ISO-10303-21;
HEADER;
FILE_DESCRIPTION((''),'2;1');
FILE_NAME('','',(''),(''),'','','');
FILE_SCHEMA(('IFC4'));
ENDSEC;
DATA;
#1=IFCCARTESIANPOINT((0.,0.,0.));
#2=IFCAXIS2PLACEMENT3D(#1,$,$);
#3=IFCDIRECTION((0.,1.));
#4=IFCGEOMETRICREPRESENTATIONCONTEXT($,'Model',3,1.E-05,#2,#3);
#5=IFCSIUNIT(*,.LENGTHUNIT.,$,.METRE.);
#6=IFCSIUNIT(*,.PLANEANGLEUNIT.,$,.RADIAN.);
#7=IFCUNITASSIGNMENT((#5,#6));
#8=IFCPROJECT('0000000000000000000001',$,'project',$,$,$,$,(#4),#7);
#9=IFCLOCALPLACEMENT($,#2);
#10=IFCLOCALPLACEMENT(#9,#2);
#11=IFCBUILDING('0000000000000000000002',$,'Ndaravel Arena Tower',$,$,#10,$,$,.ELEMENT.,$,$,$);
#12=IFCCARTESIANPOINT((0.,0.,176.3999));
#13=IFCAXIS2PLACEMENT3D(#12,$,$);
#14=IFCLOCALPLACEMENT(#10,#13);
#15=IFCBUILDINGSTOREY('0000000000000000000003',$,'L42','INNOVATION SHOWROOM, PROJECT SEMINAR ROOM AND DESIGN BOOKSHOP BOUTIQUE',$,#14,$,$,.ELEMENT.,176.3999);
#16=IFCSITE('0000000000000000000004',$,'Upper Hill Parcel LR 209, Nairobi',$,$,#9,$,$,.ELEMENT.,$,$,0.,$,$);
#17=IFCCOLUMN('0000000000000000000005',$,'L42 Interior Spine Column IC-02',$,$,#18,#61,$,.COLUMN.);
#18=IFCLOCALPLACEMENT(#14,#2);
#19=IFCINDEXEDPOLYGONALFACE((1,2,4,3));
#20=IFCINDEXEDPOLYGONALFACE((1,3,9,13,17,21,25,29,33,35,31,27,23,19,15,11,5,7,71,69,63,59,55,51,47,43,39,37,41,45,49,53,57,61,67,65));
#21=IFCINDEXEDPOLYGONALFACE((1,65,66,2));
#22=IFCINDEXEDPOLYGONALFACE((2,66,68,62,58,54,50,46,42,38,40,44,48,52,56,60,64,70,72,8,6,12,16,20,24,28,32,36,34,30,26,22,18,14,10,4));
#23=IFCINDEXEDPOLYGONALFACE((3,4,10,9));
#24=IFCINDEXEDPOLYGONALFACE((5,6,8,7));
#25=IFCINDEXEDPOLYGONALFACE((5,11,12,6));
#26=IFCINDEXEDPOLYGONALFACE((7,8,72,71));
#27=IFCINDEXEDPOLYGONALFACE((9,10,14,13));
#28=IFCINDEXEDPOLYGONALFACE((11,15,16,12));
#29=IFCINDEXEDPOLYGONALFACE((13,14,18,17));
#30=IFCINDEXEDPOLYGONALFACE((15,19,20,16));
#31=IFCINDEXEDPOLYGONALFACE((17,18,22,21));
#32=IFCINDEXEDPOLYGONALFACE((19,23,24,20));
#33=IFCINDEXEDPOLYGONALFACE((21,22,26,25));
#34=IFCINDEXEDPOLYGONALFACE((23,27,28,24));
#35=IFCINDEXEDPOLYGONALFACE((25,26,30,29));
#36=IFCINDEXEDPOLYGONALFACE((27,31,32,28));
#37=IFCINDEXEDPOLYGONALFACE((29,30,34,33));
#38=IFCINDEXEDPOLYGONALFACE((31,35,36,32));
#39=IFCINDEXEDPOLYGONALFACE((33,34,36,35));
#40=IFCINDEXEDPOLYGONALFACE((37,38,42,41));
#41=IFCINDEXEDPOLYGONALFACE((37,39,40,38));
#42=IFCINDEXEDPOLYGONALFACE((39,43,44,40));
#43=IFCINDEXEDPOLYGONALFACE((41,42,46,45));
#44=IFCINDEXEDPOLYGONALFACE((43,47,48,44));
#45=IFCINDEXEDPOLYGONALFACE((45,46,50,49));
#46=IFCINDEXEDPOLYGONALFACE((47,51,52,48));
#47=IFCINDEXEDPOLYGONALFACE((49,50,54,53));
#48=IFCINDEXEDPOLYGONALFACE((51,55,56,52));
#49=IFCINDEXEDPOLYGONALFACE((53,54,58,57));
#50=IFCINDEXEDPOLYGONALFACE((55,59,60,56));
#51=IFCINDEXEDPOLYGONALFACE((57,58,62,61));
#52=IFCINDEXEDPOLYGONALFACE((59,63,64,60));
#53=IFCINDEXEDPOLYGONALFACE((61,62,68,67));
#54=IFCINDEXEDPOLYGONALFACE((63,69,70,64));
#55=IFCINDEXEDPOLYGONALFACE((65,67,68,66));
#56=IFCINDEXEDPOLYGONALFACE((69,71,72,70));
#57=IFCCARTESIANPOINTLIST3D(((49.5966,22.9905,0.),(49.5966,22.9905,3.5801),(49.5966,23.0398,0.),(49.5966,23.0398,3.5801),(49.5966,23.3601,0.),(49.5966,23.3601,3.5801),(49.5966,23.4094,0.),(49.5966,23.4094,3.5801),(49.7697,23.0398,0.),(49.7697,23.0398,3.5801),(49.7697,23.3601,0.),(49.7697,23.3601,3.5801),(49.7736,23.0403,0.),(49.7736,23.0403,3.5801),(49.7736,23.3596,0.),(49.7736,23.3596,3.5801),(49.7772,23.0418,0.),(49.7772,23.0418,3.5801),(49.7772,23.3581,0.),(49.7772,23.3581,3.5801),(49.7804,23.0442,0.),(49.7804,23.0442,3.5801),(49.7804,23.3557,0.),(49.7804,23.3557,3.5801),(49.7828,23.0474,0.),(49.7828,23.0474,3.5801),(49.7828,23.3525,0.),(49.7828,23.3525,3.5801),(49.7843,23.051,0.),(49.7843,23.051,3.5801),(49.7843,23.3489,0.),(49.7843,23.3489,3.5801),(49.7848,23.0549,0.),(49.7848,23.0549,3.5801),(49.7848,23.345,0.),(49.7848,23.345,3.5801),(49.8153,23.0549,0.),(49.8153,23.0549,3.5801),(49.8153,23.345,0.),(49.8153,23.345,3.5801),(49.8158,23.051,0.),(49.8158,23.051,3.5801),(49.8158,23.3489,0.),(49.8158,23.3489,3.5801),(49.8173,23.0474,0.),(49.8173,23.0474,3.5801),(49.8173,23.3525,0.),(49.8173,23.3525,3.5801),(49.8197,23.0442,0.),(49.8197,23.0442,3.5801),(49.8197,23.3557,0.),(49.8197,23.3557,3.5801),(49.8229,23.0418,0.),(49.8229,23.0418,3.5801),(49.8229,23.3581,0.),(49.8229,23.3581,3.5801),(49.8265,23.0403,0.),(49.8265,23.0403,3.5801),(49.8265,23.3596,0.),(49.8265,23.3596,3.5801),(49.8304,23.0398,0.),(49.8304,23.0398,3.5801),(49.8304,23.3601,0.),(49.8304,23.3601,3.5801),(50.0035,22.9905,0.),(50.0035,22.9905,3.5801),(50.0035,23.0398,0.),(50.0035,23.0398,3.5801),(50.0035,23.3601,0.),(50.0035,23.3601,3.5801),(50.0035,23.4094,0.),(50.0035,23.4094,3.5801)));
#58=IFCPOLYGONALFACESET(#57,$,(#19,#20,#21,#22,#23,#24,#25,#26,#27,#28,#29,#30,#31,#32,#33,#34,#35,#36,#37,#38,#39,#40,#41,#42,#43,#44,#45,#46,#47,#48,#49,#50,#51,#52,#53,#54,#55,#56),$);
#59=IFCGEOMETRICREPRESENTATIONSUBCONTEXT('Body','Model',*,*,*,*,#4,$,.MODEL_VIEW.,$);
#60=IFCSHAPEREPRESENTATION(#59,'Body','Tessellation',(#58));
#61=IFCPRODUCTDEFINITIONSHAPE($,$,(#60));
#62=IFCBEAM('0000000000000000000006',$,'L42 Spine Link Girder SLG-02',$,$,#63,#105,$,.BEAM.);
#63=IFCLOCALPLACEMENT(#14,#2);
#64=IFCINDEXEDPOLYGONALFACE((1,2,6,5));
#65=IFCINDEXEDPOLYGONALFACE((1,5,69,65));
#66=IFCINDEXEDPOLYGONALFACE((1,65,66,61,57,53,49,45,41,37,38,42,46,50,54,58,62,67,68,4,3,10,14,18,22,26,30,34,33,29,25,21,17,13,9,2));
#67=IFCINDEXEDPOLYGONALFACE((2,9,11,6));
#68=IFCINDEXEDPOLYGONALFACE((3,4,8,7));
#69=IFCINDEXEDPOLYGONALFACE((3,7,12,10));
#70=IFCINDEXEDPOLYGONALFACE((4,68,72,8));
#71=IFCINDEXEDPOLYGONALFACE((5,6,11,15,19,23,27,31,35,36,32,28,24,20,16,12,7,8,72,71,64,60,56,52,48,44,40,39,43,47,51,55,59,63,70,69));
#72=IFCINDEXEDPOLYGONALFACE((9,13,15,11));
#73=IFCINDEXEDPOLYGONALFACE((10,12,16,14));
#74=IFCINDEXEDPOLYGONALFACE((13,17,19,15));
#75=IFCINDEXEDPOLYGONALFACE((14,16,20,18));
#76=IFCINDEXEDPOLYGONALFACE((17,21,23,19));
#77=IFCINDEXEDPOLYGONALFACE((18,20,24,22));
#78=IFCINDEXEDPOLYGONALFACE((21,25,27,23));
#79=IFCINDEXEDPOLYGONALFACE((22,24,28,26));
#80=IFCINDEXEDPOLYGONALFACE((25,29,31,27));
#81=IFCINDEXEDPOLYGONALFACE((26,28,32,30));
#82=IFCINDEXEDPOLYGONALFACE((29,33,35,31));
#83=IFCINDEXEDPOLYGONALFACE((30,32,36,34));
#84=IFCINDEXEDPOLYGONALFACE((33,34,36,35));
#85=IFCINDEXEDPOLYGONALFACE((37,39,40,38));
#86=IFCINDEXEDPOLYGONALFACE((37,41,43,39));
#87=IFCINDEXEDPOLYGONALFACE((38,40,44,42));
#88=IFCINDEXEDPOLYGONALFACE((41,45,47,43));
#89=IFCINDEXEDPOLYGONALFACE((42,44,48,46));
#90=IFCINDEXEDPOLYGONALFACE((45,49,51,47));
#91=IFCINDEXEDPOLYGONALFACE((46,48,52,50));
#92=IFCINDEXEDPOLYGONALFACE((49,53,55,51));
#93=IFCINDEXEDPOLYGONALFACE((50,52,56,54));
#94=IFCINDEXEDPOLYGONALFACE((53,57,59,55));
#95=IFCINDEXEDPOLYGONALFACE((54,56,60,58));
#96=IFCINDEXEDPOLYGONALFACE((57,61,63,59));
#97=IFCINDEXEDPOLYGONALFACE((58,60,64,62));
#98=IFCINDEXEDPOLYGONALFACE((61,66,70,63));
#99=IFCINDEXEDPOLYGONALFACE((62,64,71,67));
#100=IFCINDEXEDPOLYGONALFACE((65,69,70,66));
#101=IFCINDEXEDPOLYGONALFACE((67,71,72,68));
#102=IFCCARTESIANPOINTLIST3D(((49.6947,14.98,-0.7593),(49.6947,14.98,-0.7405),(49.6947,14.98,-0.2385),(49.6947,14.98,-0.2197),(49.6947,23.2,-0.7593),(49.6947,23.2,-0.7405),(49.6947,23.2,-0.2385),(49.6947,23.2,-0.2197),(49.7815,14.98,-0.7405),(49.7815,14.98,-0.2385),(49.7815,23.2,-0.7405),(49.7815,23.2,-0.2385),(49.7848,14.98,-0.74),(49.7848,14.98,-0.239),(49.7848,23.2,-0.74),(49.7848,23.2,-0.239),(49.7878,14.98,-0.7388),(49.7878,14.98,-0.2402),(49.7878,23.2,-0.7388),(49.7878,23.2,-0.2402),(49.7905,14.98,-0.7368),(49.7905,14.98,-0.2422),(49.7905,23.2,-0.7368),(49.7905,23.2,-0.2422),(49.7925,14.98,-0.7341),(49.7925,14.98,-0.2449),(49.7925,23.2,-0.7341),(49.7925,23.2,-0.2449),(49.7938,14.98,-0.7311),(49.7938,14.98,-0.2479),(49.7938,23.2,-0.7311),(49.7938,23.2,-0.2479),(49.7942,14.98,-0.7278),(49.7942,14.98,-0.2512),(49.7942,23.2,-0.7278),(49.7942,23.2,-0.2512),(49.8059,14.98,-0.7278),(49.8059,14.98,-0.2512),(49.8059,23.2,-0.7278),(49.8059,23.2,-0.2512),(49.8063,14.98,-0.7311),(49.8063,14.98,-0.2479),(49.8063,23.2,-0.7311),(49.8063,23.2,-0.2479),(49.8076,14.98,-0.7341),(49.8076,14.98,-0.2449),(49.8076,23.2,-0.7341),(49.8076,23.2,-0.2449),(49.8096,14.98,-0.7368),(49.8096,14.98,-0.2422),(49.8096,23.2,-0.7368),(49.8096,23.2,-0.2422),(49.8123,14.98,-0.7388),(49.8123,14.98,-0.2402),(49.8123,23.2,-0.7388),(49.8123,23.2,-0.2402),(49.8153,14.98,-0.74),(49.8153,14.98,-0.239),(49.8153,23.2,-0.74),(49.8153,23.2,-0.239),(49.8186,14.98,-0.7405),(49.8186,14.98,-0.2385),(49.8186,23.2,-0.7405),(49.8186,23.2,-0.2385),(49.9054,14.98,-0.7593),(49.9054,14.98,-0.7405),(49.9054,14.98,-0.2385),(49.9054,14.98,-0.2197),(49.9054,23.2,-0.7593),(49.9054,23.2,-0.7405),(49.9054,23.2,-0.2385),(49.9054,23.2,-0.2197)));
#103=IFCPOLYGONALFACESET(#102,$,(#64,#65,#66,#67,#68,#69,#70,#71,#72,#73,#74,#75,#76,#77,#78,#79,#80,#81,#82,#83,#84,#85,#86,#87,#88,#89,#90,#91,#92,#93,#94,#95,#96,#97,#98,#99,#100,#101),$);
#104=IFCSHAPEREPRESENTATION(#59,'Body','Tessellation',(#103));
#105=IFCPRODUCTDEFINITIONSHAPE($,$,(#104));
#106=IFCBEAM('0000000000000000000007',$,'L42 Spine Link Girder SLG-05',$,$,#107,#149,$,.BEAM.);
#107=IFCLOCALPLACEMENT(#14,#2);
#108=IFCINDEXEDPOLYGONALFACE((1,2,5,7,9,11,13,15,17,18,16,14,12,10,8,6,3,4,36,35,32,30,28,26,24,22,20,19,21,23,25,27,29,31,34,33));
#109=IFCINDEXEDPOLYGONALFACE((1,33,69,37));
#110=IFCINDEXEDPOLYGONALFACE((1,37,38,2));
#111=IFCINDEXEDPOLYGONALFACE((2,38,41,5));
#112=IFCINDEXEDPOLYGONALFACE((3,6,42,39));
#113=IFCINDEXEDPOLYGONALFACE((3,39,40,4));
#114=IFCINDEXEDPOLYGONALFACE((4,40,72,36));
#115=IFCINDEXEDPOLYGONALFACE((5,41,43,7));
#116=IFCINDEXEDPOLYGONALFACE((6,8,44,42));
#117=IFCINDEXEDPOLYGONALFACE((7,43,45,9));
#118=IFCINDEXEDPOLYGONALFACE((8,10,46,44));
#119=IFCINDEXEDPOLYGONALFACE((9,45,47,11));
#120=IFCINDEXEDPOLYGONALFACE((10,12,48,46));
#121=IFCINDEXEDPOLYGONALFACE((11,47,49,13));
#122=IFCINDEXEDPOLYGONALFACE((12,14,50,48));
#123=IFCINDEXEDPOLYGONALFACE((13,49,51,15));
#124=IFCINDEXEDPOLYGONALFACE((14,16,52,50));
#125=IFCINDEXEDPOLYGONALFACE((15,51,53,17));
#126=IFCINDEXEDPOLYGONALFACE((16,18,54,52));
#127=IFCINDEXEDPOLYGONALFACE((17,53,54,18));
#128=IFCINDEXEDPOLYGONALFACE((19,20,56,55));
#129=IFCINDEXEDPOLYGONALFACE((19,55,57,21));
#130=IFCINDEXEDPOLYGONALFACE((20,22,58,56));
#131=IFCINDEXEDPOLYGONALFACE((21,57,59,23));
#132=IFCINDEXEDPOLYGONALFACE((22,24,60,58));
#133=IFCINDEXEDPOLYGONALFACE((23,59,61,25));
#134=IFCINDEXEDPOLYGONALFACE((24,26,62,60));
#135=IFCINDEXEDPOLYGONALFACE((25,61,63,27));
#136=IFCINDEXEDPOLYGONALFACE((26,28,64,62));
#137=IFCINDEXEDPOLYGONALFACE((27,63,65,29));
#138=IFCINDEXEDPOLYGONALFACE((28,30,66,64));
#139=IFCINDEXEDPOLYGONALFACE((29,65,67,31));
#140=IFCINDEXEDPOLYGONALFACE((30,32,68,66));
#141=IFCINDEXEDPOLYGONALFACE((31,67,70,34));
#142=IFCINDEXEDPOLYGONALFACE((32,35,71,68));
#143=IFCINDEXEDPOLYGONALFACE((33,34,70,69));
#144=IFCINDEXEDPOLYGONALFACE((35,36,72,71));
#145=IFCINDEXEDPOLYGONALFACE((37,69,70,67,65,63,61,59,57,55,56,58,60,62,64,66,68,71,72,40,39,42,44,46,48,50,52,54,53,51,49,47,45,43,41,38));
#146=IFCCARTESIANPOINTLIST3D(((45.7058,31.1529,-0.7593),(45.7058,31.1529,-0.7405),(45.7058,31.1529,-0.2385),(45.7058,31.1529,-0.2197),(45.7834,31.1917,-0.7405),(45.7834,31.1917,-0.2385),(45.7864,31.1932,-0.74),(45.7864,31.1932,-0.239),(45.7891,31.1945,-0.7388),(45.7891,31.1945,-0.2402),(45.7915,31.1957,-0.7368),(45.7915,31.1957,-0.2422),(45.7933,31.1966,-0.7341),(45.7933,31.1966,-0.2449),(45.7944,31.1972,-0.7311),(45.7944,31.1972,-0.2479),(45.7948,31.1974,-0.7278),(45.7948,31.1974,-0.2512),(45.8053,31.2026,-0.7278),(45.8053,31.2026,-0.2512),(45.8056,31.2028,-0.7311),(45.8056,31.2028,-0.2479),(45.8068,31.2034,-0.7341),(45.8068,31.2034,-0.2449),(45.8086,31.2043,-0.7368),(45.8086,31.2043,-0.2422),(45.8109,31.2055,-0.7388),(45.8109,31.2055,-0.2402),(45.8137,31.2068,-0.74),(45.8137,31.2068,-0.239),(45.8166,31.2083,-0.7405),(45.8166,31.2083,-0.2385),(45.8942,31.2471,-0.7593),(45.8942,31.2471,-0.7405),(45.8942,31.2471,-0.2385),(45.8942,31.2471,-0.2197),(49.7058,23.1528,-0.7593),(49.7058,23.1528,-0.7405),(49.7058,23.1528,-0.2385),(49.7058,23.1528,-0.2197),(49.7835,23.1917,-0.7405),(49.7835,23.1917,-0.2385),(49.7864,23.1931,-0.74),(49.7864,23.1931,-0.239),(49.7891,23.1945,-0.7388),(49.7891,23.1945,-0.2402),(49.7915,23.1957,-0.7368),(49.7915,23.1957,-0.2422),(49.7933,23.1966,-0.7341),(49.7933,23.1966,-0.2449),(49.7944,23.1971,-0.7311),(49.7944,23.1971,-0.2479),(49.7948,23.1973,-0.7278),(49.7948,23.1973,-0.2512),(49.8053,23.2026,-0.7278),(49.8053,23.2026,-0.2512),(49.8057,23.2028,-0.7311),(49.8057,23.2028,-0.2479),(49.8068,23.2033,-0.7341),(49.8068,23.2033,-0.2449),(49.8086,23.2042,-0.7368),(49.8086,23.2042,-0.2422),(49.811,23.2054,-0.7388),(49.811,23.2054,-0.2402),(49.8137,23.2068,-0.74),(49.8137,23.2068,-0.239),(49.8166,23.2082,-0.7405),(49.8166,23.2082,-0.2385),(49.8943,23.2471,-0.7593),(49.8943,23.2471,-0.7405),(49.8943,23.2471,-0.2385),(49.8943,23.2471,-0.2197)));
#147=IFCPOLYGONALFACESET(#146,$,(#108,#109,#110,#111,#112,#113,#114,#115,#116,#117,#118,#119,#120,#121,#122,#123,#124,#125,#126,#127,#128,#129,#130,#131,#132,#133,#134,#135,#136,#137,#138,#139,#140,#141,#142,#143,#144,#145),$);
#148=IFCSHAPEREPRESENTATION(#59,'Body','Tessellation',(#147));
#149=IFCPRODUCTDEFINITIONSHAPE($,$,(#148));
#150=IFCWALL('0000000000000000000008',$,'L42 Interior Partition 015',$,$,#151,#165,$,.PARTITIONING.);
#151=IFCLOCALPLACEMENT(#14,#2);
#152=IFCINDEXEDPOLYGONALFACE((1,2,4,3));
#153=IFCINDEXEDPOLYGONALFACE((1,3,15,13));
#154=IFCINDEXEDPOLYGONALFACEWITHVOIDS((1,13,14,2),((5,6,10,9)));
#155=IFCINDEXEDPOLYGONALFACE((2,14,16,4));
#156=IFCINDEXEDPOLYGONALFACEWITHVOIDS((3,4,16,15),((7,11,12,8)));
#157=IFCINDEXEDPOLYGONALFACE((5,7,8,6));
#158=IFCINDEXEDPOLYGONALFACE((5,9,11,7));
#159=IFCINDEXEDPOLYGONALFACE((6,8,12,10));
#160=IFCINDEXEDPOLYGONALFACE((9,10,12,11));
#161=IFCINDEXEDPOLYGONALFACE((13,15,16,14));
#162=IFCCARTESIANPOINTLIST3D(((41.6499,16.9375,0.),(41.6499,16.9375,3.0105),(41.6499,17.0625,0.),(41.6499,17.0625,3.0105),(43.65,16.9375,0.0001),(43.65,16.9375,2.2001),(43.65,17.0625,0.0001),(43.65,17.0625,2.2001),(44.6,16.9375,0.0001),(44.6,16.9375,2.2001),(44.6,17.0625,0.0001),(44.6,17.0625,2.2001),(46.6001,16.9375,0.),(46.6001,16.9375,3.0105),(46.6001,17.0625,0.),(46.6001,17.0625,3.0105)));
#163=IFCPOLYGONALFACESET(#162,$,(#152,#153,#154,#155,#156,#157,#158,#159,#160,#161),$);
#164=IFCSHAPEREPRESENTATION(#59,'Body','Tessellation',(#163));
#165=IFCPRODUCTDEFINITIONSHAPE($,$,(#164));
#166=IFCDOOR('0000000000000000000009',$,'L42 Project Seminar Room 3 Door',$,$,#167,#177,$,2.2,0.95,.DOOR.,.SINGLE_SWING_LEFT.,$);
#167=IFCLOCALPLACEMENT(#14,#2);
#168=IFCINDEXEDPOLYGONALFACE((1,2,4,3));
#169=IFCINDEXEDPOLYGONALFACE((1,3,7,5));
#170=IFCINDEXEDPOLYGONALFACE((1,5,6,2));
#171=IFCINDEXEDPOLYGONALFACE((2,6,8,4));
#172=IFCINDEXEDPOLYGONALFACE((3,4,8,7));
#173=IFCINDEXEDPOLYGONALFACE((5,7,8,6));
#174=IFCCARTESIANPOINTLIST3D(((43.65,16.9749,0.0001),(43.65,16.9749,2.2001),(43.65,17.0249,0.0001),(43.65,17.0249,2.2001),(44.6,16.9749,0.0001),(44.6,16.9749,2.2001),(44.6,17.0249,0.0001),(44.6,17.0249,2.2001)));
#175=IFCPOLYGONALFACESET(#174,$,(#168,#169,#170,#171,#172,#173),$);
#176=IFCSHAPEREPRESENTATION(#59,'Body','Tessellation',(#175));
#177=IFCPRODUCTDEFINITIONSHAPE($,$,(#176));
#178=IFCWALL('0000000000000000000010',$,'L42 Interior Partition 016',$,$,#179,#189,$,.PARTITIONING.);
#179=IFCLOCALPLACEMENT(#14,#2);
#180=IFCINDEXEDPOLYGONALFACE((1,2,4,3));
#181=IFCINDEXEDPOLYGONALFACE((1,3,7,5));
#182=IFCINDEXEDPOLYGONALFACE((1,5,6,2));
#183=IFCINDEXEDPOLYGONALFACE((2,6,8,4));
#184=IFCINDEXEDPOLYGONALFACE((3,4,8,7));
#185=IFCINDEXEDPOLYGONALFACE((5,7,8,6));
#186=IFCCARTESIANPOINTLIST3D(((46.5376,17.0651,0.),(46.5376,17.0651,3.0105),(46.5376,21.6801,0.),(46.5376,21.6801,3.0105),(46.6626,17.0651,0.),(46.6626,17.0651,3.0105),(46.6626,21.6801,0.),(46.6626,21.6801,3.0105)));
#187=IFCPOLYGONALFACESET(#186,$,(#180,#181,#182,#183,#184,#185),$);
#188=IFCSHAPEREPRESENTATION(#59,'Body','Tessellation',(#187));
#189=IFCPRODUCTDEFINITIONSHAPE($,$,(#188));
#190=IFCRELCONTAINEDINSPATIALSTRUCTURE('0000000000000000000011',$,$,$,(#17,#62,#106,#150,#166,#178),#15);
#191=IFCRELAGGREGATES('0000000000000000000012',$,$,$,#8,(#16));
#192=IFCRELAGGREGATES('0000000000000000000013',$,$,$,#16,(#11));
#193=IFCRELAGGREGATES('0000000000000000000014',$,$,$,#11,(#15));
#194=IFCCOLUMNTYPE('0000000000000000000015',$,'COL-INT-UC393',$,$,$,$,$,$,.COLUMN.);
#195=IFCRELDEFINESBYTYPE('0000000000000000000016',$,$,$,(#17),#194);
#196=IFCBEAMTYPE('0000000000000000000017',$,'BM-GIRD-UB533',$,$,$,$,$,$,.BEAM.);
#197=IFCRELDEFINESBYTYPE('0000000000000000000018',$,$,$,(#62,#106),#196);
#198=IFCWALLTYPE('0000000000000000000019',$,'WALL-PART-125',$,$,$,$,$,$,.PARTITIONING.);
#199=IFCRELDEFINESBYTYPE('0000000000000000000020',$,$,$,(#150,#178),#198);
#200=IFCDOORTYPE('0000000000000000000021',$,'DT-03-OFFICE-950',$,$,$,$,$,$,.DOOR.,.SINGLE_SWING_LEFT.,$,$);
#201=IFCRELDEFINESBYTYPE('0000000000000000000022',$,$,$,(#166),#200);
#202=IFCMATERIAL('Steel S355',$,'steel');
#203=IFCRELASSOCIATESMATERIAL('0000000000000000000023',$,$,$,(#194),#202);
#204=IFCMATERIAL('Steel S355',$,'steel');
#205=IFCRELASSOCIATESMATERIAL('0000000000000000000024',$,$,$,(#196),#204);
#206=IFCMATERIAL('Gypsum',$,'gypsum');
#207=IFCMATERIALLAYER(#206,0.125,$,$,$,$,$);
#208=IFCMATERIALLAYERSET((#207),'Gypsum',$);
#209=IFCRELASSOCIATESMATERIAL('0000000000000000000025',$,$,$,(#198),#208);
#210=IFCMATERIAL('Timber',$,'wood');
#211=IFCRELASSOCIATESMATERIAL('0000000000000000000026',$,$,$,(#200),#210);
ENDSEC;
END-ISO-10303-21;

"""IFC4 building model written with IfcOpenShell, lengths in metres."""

from ifc_helpers import new_model, si_unit, direction, frame, frame_2d, origin, origin_2d, place, context, subcontext, project, spatial, rectangle, i_section, extrude, material, layer, layer_set, material_profile, profile_set, type_object, element, fill, save


model = new_model("IFC4")

# Units and contexts
model_context = context("Model", 3, precision=1e-05, world=origin(), true_north=direction((0.0, 1.0)))
body_context = subcontext(model_context, "Body", "Model", "MODEL_VIEW")
ifc_project = project(units=[si_unit("LENGTHUNIT", "METRE"), si_unit("PLANEANGLEUNIT", "RADIAN")], contexts=[model_context])

# Site, building, storey
site_placement = place(None, origin())
site = spatial("IfcSite", under=ifc_project, at=site_placement, Name="Upper Hill Parcel LR 209, Nairobi", CompositionType="ELEMENT", RefElevation=0.0)
building_placement = place(site_placement, origin())
building = spatial("IfcBuilding", under=site, at=building_placement, Name="Ndaravel Arena Tower", CompositionType="ELEMENT")
storey_placement = place(building_placement, frame((0.0, 0.0, 176.3999)))
storey = spatial("IfcBuildingStorey", under=building, at=storey_placement, Name="L42", Description="INNOVATION SHOWROOM, PROJECT SEMINAR ROOM AND DESIGN BOOKSHOP BOUTIQUE", CompositionType="ELEMENT", Elevation=176.3999)

# Column
ifc_material_1 = material(Name="Steel S355", Category="steel")
ifc_material_profile_1 = material_profile(ifc_material_1, i_section(OverallWidth=0.407, OverallDepth=0.4189, WebThickness=0.0305, FlangeThickness=0.0493, FilletRadius=0.0151, at=origin_2d()), Name="UC 356x406x393")
ifc_profile_set_1 = profile_set([ifc_material_profile_1], Name="Steel S355")
column_type = type_object("IfcColumnType", Name="COL-INT-UC393", PredefinedType="COLUMN", material=ifc_profile_set_1)
column_placement = place(storey_placement, frame((49.8, 23.2, 0.0), z_axis=(0.0, 0.0, 1.0), x_axis=(1.0, 0.0, 0.0)))
element("IfcColumn", 1, at=column_placement, inside=storey, type_object=column_type, Name="L42 Interior Spine Column IC-02", PredefinedType="COLUMN", context=body_context, shape_type="SweptSolid", body=[
    extrude(i_section(OverallWidth=0.407, OverallDepth=0.4189, WebThickness=0.0305, FlangeThickness=0.0493, FilletRadius=0.0151, at=origin_2d()), origin(), (0.0, 0.0, 1.0), 3.5801),
])

# Beams
ifc_material_2 = material(Name="Steel S355", Category="steel")
ifc_material_profile_2 = material_profile(ifc_material_2, i_section(OverallWidth=0.2107, OverallDepth=0.5396, WebThickness=0.0117, FlangeThickness=0.0188, FilletRadius=0.0127, at=origin_2d()), Name="UB 533x210x109")
ifc_profile_set_2 = profile_set([ifc_material_profile_2], Name="Steel S355")
beam_type = type_object("IfcBeamType", Name="BM-GIRD-UB533", PredefinedType="BEAM", material=ifc_profile_set_2)
beam_1_placement = place(storey_placement, frame((49.8, 14.98, -0.4895), z_axis=(0.0, 1.0, 0.0), x_axis=(-1.0, 0.0, 0.0)))
element("IfcBeam", 2, at=beam_1_placement, inside=storey, type_object=beam_type, Name="L42 Spine Link Girder SLG-02", PredefinedType="BEAM", context=body_context, shape_type="SweptSolid", body=[
    extrude(i_section(OverallWidth=0.2107, OverallDepth=0.5396, WebThickness=0.0117, FlangeThickness=0.0188, FilletRadius=0.0127, at=origin_2d()), origin(), (0.0, 0.0, 1.0), 8.22),
])
beam_2_placement = place(storey_placement, frame((49.8, 23.2, -0.4895), z_axis=(-0.447214, 0.894427, 0.0), x_axis=(-0.894427, -0.447214, 0.0)))
element("IfcBeam", 3, at=beam_2_placement, inside=storey, type_object=beam_type, Name="L42 Spine Link Girder SLG-05", PredefinedType="BEAM", context=body_context, shape_type="SweptSolid", body=[
    extrude(i_section(OverallWidth=0.2107, OverallDepth=0.5396, WebThickness=0.0117, FlangeThickness=0.0188, FilletRadius=0.0127, at=origin_2d()), origin(), (0.0, 0.0, 1.0), 8.9443),
])

# Wall, opening, door
ifc_material_3 = material(Name="Gypsum", Category="gypsum")
ifc_layer_1 = layer(ifc_material_3, 0.125)
ifc_layer_set_1 = layer_set([ifc_layer_1], Name="Gypsum")
wall_type_1 = type_object("IfcWallType", Name="WALL-PART-125", PredefinedType="PARTITIONING", material=ifc_layer_set_1)
wall_1_placement = place(storey_placement, frame((41.6499, 17.0, 0.0), z_axis=(0.0, 0.0, 1.0), x_axis=(1.0, 0.0, 0.0)))
wall_1 = element("IfcWall", 4, at=wall_1_placement, inside=storey, type_object=wall_type_1, Name="L42 Interior Partition 015", PredefinedType="PARTITIONING", context=body_context, shape_type="SweptSolid", body=[
    extrude(rectangle(XDim=4.9502, YDim=0.125, at=frame_2d((2.4751, 0.0))), origin(), (0.0, 0.0, 1.0), 3.0105),
])
opening_1_placement = place(wall_1_placement, frame((2.0, 0.0, 0.0)))
opening_1 = element("IfcOpeningElement", 5, at=opening_1_placement, cuts=wall_1, PredefinedType="OPENING", context=body_context, shape_type="SweptSolid", body=[
    extrude(rectangle(XDim=0.95, YDim=2.2, at=frame_2d((0.4751, 1.1001))), frame((0.0, 0.0625, 0.0), z_axis=(0.0, -1.0, 0.0), x_axis=(1.0, 0.0, 0.0)), (0.0, 0.0, 1.0), 0.125),
])
ifc_material_4 = material(Name="Timber", Category="wood")
door_type_1 = type_object("IfcDoorType", Name="DT-03-OFFICE-950", OperationType="SINGLE_SWING_LEFT", PredefinedType="DOOR", material=ifc_material_4)
door_1_placement = place(opening_1_placement, origin())
door_1 = element("IfcDoor", 6, at=door_1_placement, inside=storey, type_object=door_type_1, Name="L42 Project Seminar Room 3 Door", OperationType="SINGLE_SWING_LEFT", OverallHeight=2.2, OverallWidth=0.95, PredefinedType="DOOR", context=body_context, shape_type="SweptSolid", body=[
    extrude(rectangle(XDim=0.95, YDim=2.2, at=frame_2d((0.4751, 1.1001))), frame((0.0, 0.0249, 0.0), z_axis=(0.0, -1.0, 0.0), x_axis=(1.0, 0.0, 0.0)), (0.0, 0.0, 1.0), 0.05),
])
fill(opening_1, door_1)

# Wall
wall_2_placement = place(storey_placement, frame((46.6001, 17.0649, 0.0), z_axis=(0.0, 0.0, 1.0), x_axis=(0.0, 1.0, 0.0)))
element("IfcWall", 7, at=wall_2_placement, inside=storey, type_object=wall_type_1, Name="L42 Interior Partition 016", PredefinedType="PARTITIONING", context=body_context, shape_type="SweptSolid", body=[
    extrude(rectangle(XDim=4.615, YDim=0.125, at=frame_2d((2.3076, 0.0))), origin(), (0.0, 0.0, 1.0), 3.0105),
])

save(model, "model.ifc")
